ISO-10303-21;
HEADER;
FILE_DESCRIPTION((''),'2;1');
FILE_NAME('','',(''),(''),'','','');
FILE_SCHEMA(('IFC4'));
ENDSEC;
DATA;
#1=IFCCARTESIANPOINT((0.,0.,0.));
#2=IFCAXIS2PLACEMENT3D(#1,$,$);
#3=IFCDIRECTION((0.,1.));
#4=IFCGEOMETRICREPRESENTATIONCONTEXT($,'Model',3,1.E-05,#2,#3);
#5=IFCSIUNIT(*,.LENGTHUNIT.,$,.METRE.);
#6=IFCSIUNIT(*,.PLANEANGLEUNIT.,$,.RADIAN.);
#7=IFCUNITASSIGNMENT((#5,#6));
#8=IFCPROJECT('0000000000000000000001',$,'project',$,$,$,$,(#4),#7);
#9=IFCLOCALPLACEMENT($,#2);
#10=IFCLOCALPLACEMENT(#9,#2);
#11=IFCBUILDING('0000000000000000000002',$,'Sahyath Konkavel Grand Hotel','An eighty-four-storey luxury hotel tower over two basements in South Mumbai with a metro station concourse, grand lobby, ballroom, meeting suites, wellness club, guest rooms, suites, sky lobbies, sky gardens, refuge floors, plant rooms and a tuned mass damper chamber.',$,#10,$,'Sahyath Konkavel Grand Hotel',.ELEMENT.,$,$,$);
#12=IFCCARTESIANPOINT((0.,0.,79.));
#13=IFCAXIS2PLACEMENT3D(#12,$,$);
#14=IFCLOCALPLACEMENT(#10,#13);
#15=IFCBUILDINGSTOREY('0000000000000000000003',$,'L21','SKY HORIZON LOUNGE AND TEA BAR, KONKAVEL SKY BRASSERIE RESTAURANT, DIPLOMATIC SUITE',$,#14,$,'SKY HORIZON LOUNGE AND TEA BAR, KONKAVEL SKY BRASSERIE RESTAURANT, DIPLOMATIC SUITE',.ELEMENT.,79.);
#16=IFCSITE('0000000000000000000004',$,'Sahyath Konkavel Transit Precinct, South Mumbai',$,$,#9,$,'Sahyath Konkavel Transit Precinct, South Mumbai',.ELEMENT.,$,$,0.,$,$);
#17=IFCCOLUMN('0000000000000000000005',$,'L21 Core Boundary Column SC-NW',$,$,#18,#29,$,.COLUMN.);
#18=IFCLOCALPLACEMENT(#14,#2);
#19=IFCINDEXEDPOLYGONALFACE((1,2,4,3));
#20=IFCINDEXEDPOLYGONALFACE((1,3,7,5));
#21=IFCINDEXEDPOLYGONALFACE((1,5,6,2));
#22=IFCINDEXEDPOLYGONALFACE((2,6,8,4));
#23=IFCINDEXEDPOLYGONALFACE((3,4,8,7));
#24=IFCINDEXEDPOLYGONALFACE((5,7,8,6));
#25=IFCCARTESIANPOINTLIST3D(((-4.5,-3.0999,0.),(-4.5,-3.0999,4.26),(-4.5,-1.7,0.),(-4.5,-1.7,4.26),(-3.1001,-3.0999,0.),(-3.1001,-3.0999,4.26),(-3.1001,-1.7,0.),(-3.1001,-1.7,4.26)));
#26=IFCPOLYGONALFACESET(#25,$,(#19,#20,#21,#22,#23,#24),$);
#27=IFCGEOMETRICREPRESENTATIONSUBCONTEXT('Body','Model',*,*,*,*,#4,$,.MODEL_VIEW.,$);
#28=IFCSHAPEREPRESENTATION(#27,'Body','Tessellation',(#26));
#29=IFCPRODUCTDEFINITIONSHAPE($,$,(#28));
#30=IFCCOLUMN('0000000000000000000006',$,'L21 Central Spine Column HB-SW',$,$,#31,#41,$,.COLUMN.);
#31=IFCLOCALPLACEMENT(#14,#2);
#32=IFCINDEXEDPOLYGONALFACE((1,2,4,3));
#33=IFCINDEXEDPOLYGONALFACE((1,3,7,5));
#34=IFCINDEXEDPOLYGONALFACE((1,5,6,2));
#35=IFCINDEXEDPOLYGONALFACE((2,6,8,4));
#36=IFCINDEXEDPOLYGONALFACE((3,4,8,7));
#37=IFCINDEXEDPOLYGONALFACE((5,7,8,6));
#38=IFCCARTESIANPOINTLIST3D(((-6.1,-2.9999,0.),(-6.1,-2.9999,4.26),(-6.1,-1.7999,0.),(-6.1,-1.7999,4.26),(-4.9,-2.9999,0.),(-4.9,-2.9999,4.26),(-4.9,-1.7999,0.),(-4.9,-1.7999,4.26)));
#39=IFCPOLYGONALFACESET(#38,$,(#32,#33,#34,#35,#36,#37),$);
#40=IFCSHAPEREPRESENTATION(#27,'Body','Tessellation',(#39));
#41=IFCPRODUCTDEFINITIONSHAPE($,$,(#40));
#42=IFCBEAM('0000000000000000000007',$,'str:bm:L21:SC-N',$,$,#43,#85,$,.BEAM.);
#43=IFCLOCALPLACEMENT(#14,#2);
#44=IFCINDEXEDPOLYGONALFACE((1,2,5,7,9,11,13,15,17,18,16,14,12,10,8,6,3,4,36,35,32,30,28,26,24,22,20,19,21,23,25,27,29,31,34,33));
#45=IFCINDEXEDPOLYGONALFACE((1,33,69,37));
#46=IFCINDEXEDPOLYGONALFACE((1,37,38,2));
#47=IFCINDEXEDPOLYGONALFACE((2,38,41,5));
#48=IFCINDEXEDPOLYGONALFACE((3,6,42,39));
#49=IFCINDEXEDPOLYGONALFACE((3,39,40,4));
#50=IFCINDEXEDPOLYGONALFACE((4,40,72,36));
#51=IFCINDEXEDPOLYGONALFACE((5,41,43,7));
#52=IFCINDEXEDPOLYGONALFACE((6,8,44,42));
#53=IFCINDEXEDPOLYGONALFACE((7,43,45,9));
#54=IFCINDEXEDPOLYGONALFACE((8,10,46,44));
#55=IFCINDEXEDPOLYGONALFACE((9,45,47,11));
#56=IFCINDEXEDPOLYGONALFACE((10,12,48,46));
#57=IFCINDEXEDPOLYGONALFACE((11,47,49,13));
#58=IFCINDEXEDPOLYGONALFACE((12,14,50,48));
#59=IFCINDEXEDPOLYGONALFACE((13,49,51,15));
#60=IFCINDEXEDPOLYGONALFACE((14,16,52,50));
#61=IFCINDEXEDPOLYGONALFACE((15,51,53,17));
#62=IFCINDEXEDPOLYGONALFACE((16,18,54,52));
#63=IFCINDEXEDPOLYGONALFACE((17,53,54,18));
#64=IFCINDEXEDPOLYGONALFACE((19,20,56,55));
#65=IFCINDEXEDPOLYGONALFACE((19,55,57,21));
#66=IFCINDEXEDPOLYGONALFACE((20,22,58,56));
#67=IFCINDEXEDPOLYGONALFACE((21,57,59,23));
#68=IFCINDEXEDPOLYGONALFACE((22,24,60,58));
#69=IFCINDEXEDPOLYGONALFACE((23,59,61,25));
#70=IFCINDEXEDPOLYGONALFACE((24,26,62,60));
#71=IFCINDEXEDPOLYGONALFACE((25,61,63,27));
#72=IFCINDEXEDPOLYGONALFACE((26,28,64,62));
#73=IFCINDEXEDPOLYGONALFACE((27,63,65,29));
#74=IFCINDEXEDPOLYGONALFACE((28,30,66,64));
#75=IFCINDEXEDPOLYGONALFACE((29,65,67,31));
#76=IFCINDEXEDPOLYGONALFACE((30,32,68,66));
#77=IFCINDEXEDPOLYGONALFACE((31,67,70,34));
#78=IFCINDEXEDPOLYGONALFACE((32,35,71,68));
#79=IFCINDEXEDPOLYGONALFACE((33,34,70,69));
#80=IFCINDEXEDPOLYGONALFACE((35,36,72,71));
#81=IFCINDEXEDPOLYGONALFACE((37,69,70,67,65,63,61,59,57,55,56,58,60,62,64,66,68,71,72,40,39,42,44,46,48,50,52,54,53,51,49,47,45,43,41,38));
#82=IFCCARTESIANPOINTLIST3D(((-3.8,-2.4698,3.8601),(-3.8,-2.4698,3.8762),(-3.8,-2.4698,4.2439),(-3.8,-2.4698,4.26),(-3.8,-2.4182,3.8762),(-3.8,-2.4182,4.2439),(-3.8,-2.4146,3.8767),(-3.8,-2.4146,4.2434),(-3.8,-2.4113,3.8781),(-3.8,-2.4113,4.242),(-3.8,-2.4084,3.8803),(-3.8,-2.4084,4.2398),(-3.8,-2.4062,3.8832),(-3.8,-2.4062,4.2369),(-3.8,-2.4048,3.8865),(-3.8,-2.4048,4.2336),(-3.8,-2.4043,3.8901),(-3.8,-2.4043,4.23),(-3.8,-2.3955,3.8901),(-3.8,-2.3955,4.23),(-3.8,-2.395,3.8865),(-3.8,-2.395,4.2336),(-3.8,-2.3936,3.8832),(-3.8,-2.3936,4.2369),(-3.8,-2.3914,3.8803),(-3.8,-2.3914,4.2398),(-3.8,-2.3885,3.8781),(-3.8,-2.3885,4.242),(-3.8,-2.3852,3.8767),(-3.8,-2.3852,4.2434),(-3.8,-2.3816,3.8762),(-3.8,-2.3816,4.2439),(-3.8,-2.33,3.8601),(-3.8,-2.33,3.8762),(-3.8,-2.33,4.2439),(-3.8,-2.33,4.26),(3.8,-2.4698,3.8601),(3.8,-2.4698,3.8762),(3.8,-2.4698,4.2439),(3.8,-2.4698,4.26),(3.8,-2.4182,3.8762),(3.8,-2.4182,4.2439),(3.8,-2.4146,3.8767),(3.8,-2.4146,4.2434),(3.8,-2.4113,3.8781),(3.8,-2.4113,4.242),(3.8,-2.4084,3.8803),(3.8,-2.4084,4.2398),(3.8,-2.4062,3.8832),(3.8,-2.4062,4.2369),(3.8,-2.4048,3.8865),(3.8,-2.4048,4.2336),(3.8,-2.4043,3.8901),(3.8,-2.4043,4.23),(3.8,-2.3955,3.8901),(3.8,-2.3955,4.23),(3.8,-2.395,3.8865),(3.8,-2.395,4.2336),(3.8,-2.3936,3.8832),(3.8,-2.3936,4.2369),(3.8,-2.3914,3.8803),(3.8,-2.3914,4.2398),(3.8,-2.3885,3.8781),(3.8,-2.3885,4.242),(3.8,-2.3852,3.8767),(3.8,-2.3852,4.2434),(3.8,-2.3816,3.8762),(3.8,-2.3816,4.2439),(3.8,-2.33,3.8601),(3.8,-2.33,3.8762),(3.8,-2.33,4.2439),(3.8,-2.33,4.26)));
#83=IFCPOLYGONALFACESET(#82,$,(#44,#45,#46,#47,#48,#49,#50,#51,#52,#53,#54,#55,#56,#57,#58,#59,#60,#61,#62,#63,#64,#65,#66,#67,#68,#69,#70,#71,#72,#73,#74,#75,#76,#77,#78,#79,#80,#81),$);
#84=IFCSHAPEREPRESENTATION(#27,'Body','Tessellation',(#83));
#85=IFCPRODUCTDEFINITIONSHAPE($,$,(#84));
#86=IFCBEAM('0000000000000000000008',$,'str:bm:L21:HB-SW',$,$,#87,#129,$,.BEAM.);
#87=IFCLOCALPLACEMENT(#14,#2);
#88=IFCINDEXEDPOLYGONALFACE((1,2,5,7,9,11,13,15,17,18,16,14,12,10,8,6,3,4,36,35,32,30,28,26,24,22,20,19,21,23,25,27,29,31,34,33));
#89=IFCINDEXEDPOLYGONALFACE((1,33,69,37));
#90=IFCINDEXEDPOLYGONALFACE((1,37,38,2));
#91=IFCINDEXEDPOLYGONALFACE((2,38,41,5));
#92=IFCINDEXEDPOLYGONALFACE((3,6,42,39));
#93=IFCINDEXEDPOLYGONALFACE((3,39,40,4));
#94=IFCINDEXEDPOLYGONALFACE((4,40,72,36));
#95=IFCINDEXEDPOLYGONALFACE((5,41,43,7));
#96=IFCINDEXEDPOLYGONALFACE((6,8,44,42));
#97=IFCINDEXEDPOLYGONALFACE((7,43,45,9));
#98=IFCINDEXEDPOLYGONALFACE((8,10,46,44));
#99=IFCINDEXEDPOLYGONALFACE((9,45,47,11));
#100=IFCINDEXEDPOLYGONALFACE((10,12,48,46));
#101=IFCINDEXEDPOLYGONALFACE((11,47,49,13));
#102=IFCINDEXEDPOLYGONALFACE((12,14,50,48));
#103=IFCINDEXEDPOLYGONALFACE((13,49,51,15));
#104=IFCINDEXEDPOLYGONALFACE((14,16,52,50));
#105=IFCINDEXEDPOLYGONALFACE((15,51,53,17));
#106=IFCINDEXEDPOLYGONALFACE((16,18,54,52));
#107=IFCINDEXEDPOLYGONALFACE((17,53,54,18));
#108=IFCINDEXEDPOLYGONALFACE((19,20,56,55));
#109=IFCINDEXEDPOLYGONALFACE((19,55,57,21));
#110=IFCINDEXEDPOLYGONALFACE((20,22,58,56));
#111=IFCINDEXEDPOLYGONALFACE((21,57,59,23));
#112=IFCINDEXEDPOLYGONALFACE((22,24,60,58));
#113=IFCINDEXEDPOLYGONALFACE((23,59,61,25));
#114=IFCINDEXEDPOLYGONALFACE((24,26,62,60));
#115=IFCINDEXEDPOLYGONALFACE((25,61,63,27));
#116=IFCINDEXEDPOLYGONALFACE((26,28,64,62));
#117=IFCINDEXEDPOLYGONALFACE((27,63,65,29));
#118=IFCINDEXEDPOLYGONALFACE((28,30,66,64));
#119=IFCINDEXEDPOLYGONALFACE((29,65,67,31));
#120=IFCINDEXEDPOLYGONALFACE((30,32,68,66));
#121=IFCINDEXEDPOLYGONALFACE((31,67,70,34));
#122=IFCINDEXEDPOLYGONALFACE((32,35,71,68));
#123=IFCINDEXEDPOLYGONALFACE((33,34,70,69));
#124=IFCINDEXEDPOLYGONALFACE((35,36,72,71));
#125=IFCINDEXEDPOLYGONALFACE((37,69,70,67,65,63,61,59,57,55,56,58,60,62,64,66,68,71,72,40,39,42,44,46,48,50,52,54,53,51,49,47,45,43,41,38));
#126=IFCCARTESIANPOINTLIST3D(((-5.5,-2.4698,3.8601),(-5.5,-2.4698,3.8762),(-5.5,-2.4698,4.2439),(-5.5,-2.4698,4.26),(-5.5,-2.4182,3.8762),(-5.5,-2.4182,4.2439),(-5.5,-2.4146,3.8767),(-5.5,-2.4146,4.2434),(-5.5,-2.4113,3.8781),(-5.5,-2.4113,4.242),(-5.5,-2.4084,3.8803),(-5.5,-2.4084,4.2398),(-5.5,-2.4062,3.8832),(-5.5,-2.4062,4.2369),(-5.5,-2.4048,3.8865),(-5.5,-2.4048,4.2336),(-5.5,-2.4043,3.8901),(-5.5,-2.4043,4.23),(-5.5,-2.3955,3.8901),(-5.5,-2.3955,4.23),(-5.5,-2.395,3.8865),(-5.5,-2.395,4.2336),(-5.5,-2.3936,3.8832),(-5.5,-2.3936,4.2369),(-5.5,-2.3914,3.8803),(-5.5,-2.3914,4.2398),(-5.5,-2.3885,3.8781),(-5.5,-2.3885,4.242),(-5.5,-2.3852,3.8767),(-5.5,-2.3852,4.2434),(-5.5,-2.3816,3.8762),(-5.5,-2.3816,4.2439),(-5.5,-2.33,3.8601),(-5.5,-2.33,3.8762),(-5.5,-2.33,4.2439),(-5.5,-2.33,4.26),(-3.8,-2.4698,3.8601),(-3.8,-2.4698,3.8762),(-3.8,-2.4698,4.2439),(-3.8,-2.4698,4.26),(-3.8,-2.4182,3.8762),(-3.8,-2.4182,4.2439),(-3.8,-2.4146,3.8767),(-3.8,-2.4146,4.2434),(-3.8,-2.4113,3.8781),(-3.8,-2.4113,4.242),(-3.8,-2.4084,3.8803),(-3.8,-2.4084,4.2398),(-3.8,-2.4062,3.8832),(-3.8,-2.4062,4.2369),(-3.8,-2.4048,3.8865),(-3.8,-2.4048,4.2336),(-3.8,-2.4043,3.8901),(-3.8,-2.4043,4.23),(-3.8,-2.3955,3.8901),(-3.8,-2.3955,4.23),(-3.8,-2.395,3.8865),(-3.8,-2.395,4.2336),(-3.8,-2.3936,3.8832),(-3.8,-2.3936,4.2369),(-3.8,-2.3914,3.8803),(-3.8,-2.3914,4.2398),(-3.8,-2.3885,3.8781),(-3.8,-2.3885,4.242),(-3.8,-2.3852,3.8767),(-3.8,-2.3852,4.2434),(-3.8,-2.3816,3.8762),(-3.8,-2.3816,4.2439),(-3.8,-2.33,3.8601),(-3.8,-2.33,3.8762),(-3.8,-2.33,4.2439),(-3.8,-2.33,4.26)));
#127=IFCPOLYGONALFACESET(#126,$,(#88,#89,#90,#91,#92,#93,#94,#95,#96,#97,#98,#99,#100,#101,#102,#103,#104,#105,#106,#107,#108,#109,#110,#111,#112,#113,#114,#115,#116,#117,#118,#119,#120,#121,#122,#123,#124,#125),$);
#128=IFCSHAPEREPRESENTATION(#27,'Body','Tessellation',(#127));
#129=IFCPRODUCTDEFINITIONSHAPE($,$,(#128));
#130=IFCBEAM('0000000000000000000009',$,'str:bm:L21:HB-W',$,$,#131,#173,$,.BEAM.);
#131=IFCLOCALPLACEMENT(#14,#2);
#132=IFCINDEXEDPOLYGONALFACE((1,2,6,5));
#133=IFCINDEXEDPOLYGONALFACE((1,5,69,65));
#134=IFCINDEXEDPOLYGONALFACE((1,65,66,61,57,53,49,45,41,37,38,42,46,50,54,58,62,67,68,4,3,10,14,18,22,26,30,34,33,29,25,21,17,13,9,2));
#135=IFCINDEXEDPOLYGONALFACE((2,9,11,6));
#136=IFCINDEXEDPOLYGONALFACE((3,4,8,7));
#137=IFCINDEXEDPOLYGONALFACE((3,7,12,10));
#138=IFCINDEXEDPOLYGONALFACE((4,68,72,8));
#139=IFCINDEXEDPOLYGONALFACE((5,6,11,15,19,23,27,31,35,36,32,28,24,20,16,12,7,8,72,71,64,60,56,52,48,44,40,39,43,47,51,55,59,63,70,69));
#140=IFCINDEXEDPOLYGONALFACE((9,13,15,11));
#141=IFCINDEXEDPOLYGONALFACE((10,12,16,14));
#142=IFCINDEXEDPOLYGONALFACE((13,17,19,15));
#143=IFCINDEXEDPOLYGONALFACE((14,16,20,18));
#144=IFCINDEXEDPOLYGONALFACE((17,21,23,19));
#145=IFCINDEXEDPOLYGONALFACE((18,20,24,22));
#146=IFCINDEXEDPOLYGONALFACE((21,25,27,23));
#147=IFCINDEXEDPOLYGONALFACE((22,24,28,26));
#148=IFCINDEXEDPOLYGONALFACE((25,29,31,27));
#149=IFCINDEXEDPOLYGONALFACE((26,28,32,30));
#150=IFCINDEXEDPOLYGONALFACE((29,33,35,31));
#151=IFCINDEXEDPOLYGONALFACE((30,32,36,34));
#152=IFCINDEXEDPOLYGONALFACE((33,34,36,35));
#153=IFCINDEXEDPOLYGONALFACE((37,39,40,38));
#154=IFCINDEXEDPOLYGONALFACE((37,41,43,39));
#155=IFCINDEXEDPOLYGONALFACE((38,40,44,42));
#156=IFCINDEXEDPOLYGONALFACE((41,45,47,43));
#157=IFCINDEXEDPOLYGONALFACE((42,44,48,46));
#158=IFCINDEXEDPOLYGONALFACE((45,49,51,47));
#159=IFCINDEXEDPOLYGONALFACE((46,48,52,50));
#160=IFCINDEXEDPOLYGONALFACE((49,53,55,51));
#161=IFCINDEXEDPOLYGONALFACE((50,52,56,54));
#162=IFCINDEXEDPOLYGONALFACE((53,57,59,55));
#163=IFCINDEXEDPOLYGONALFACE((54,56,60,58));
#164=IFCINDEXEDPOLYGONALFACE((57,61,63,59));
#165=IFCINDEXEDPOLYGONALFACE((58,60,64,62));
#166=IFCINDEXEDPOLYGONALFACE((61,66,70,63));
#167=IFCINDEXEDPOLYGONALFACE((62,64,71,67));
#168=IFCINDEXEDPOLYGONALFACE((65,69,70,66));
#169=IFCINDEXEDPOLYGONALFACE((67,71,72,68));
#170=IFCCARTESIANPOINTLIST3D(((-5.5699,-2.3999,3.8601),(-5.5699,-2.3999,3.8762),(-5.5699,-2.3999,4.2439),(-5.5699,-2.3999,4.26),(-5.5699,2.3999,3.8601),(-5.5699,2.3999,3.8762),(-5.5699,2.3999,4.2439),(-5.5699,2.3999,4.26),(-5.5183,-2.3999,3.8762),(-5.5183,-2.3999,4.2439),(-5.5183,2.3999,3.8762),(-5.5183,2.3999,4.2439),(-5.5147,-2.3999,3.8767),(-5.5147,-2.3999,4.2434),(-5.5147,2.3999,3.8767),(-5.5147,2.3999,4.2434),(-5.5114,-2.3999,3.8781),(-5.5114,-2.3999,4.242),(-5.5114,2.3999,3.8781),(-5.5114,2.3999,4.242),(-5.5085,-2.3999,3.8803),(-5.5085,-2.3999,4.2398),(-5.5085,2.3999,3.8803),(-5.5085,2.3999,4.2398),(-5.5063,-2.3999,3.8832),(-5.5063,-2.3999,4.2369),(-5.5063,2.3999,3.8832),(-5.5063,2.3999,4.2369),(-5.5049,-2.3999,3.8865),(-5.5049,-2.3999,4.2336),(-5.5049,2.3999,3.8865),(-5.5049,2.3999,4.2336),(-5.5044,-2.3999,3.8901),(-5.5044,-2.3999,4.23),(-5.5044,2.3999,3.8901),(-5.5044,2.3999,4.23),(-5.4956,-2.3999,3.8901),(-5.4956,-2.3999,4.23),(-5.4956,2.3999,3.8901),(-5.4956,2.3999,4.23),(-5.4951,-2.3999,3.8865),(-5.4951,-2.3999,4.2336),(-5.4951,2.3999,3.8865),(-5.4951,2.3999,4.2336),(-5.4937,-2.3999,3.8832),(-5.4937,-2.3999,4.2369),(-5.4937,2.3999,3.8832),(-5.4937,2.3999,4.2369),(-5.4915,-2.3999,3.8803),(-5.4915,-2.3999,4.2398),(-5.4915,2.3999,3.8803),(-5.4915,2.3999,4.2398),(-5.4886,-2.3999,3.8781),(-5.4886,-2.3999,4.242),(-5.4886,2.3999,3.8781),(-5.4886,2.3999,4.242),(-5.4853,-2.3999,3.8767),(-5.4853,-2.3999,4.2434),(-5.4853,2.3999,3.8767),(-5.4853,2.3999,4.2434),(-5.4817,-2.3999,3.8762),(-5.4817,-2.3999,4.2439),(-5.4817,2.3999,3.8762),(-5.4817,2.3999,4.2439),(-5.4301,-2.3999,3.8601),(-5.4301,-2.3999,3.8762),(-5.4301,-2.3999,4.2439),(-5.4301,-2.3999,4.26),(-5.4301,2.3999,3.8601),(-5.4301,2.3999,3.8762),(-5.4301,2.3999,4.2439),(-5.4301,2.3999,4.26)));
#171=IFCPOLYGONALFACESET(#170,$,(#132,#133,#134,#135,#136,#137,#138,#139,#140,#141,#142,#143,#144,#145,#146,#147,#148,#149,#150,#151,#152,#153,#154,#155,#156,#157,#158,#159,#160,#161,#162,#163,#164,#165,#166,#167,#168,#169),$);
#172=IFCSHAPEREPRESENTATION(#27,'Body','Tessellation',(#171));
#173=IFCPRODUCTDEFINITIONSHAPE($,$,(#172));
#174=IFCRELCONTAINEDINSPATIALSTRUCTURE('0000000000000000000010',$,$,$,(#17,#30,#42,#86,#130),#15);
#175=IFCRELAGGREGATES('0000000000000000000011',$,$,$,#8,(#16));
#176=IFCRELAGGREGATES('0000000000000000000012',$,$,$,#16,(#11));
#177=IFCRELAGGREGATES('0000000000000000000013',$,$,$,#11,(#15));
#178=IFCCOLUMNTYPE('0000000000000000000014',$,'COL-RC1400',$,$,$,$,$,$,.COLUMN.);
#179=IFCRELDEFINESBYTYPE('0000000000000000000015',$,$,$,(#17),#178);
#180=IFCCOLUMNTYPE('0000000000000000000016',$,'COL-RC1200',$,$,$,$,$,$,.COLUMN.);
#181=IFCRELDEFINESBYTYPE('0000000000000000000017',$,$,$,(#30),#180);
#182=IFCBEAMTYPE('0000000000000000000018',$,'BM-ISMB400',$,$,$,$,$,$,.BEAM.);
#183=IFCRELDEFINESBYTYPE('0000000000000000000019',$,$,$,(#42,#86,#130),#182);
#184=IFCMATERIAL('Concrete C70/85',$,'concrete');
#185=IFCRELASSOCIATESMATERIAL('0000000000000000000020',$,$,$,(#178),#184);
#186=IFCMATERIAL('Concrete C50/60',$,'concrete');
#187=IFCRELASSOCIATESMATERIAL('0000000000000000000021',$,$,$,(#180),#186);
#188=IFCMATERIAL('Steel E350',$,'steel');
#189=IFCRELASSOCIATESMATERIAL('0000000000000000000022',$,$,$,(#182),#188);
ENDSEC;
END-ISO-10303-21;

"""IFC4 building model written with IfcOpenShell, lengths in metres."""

from ifc_helpers import new_model, si_unit, direction, frame, origin, origin_2d, place, context, subcontext, project, spatial, rectangle, i_section, extrude, source, transform, mapped, material, material_profile, profile_set, type_object, element, save


model = new_model("IFC4")

# Units and contexts
model_context = context("Model", 3, precision=1e-05, world=origin(), true_north=direction((0.0, 1.0)))
body_context = subcontext(model_context, "Body", "Model", "MODEL_VIEW")
ifc_project = project(units=[si_unit("LENGTHUNIT", "METRE"), si_unit("PLANEANGLEUNIT", "RADIAN")], contexts=[model_context])

# Site, building, storey
site_placement = place(None, origin())
site = spatial("IfcSite", under=ifc_project, at=site_placement, Name="Sahyath Konkavel Transit Precinct, South Mumbai", LongName="Sahyath Konkavel Transit Precinct, South Mumbai", CompositionType="ELEMENT", RefElevation=0.0)
building_placement = place(site_placement, origin())
building = spatial("IfcBuilding", under=site, at=building_placement, Name="Sahyath Konkavel Grand Hotel", Description="An eighty-four-storey luxury hotel tower over two basements in South Mumbai with a metro station concourse, grand lobby, ballroom, meeting suites, wellness club, guest rooms, suites, sky lobbies, sky gardens, refuge floors, plant rooms and a tuned mass damper chamber.", LongName="Sahyath Konkavel Grand Hotel", CompositionType="ELEMENT")
storey_placement = place(building_placement, frame((0.0, 0.0, 79.0)))
storey = spatial("IfcBuildingStorey", under=building, at=storey_placement, Name="L21", Description="SKY HORIZON LOUNGE AND TEA BAR, KONKAVEL SKY BRASSERIE RESTAURANT, DIPLOMATIC SUITE", LongName="SKY HORIZON LOUNGE AND TEA BAR, KONKAVEL SKY BRASSERIE RESTAURANT, DIPLOMATIC SUITE", CompositionType="ELEMENT", Elevation=79.0)

# Columns
ifc_material_1 = material(Name="Concrete C70/85", Category="concrete")
ifc_material_profile_1 = material_profile(ifc_material_1, rectangle(XDim=1.3999, YDim=1.3999, at=origin_2d()), Name="RC 1400x1400")
ifc_profile_set_1 = profile_set([ifc_material_profile_1], Name="Concrete C70/85")
column_type_1 = type_object("IfcColumnType", Name="COL-RC1400", PredefinedType="COLUMN", material=ifc_profile_set_1)
shared_shape_1 = source(origin(), body_context, "Body", "SweptSolid", [
    extrude(rectangle(XDim=1.3999, YDim=1.3999, at=origin_2d()), origin(), (0.0, 0.0, 1.0), 4.26),
])
column_1_placement = place(storey_placement, frame((-3.8, -2.3999, 0.0), z_axis=(0.0, 0.0, 1.0), x_axis=(1.0, 0.0, 0.0)))
element("IfcColumn", 1, at=column_1_placement, inside=storey, type_object=column_type_1, Name="L21 Core Boundary Column SC-NW", PredefinedType="COLUMN", context=body_context, shape_type="MappedRepresentation", body=[
    mapped(shared_shape_1, transform((0.0, 0.0, 0.0), scale=1.0)),
])
ifc_material_2 = material(Name="Concrete C50/60", Category="concrete")
ifc_material_profile_2 = material_profile(ifc_material_2, rectangle(XDim=1.2, YDim=1.2, at=origin_2d()), Name="RC 1200x1200")
ifc_profile_set_2 = profile_set([ifc_material_profile_2], Name="Concrete C50/60")
column_type_2 = type_object("IfcColumnType", Name="COL-RC1200", PredefinedType="COLUMN", material=ifc_profile_set_2)
shared_shape_2 = source(origin(), body_context, "Body", "SweptSolid", [
    extrude(rectangle(XDim=1.2, YDim=1.2, at=origin_2d()), origin(), (0.0, 0.0, 1.0), 4.26),
])
column_2_placement = place(storey_placement, frame((-5.5, -2.3999, 0.0), z_axis=(0.0, 0.0, 1.0), x_axis=(1.0, 0.0, 0.0)))
element("IfcColumn", 2, at=column_2_placement, inside=storey, type_object=column_type_2, Name="L21 Central Spine Column HB-SW", PredefinedType="COLUMN", context=body_context, shape_type="MappedRepresentation", body=[
    mapped(shared_shape_2, transform((0.0, 0.0, 0.0), scale=1.0)),
])

# Beams
ifc_material_3 = material(Name="Steel E350", Category="steel")
ifc_material_profile_3 = material_profile(ifc_material_3, i_section(OverallWidth=0.1399, OverallDepth=0.3999, WebThickness=0.0088, FlangeThickness=0.0161, FilletRadius=0.0139, at=origin_2d()), Name="ISMB 400")
ifc_profile_set_3 = profile_set([ifc_material_profile_3], Name="Steel E350")
beam_type_1 = type_object("IfcBeamType", Name="BM-ISMB400", PredefinedType="BEAM", material=ifc_profile_set_3)
shared_shape_3 = source(origin(), body_context, "Body", "SweptSolid", [
    extrude(i_section(OverallWidth=0.1399, OverallDepth=0.3999, WebThickness=0.0088, FlangeThickness=0.0161, FilletRadius=0.0139, at=origin_2d()), origin(), (0.0, 0.0, 1.0), 7.6001),
])
beam_1_placement = place(storey_placement, frame((-3.8, -2.3999, 4.0601), z_axis=(1.0, 0.0, 0.0), x_axis=(0.0, 1.0, 0.0)))
element("IfcBeam", 3, at=beam_1_placement, inside=storey, type_object=beam_type_1, Name="str:bm:L21:SC-N", PredefinedType="BEAM", context=body_context, shape_type="MappedRepresentation", body=[
    mapped(shared_shape_3, transform((0.0, 0.0, 0.0), scale=1.0)),
])
shared_shape_4 = source(origin(), body_context, "Body", "SweptSolid", [
    extrude(i_section(OverallWidth=0.1399, OverallDepth=0.3999, WebThickness=0.0088, FlangeThickness=0.0161, FilletRadius=0.0139, at=origin_2d()), origin(), (0.0, 0.0, 1.0), 1.7),
])
beam_2_placement = place(storey_placement, frame((-5.5, -2.3999, 4.0601), z_axis=(1.0, 0.0, 0.0), x_axis=(0.0, 1.0, 0.0)))
element("IfcBeam", 4, at=beam_2_placement, inside=storey, type_object=beam_type_1, Name="str:bm:L21:HB-SW", PredefinedType="BEAM", context=body_context, shape_type="MappedRepresentation", body=[
    mapped(shared_shape_4, transform((0.0, 0.0, 0.0), scale=1.0)),
])
shared_shape_5 = source(origin(), body_context, "Body", "SweptSolid", [
    extrude(i_section(OverallWidth=0.1399, OverallDepth=0.3999, WebThickness=0.0088, FlangeThickness=0.0161, FilletRadius=0.0139, at=origin_2d()), origin(), (0.0, 0.0, 1.0), 4.7998),
])
beam_3_placement = place(storey_placement, frame((-5.5, -2.3999, 4.0601), z_axis=(0.0, 1.0, 0.0), x_axis=(-1.0, 0.0, 0.0)))
element("IfcBeam", 5, at=beam_3_placement, inside=storey, type_object=beam_type_1, Name="str:bm:L21:HB-W", PredefinedType="BEAM", context=body_context, shape_type="MappedRepresentation", body=[
    mapped(shared_shape_5, transform((0.0, 0.0, 0.0), scale=1.0)),
])

save(model, "model.ifc")
